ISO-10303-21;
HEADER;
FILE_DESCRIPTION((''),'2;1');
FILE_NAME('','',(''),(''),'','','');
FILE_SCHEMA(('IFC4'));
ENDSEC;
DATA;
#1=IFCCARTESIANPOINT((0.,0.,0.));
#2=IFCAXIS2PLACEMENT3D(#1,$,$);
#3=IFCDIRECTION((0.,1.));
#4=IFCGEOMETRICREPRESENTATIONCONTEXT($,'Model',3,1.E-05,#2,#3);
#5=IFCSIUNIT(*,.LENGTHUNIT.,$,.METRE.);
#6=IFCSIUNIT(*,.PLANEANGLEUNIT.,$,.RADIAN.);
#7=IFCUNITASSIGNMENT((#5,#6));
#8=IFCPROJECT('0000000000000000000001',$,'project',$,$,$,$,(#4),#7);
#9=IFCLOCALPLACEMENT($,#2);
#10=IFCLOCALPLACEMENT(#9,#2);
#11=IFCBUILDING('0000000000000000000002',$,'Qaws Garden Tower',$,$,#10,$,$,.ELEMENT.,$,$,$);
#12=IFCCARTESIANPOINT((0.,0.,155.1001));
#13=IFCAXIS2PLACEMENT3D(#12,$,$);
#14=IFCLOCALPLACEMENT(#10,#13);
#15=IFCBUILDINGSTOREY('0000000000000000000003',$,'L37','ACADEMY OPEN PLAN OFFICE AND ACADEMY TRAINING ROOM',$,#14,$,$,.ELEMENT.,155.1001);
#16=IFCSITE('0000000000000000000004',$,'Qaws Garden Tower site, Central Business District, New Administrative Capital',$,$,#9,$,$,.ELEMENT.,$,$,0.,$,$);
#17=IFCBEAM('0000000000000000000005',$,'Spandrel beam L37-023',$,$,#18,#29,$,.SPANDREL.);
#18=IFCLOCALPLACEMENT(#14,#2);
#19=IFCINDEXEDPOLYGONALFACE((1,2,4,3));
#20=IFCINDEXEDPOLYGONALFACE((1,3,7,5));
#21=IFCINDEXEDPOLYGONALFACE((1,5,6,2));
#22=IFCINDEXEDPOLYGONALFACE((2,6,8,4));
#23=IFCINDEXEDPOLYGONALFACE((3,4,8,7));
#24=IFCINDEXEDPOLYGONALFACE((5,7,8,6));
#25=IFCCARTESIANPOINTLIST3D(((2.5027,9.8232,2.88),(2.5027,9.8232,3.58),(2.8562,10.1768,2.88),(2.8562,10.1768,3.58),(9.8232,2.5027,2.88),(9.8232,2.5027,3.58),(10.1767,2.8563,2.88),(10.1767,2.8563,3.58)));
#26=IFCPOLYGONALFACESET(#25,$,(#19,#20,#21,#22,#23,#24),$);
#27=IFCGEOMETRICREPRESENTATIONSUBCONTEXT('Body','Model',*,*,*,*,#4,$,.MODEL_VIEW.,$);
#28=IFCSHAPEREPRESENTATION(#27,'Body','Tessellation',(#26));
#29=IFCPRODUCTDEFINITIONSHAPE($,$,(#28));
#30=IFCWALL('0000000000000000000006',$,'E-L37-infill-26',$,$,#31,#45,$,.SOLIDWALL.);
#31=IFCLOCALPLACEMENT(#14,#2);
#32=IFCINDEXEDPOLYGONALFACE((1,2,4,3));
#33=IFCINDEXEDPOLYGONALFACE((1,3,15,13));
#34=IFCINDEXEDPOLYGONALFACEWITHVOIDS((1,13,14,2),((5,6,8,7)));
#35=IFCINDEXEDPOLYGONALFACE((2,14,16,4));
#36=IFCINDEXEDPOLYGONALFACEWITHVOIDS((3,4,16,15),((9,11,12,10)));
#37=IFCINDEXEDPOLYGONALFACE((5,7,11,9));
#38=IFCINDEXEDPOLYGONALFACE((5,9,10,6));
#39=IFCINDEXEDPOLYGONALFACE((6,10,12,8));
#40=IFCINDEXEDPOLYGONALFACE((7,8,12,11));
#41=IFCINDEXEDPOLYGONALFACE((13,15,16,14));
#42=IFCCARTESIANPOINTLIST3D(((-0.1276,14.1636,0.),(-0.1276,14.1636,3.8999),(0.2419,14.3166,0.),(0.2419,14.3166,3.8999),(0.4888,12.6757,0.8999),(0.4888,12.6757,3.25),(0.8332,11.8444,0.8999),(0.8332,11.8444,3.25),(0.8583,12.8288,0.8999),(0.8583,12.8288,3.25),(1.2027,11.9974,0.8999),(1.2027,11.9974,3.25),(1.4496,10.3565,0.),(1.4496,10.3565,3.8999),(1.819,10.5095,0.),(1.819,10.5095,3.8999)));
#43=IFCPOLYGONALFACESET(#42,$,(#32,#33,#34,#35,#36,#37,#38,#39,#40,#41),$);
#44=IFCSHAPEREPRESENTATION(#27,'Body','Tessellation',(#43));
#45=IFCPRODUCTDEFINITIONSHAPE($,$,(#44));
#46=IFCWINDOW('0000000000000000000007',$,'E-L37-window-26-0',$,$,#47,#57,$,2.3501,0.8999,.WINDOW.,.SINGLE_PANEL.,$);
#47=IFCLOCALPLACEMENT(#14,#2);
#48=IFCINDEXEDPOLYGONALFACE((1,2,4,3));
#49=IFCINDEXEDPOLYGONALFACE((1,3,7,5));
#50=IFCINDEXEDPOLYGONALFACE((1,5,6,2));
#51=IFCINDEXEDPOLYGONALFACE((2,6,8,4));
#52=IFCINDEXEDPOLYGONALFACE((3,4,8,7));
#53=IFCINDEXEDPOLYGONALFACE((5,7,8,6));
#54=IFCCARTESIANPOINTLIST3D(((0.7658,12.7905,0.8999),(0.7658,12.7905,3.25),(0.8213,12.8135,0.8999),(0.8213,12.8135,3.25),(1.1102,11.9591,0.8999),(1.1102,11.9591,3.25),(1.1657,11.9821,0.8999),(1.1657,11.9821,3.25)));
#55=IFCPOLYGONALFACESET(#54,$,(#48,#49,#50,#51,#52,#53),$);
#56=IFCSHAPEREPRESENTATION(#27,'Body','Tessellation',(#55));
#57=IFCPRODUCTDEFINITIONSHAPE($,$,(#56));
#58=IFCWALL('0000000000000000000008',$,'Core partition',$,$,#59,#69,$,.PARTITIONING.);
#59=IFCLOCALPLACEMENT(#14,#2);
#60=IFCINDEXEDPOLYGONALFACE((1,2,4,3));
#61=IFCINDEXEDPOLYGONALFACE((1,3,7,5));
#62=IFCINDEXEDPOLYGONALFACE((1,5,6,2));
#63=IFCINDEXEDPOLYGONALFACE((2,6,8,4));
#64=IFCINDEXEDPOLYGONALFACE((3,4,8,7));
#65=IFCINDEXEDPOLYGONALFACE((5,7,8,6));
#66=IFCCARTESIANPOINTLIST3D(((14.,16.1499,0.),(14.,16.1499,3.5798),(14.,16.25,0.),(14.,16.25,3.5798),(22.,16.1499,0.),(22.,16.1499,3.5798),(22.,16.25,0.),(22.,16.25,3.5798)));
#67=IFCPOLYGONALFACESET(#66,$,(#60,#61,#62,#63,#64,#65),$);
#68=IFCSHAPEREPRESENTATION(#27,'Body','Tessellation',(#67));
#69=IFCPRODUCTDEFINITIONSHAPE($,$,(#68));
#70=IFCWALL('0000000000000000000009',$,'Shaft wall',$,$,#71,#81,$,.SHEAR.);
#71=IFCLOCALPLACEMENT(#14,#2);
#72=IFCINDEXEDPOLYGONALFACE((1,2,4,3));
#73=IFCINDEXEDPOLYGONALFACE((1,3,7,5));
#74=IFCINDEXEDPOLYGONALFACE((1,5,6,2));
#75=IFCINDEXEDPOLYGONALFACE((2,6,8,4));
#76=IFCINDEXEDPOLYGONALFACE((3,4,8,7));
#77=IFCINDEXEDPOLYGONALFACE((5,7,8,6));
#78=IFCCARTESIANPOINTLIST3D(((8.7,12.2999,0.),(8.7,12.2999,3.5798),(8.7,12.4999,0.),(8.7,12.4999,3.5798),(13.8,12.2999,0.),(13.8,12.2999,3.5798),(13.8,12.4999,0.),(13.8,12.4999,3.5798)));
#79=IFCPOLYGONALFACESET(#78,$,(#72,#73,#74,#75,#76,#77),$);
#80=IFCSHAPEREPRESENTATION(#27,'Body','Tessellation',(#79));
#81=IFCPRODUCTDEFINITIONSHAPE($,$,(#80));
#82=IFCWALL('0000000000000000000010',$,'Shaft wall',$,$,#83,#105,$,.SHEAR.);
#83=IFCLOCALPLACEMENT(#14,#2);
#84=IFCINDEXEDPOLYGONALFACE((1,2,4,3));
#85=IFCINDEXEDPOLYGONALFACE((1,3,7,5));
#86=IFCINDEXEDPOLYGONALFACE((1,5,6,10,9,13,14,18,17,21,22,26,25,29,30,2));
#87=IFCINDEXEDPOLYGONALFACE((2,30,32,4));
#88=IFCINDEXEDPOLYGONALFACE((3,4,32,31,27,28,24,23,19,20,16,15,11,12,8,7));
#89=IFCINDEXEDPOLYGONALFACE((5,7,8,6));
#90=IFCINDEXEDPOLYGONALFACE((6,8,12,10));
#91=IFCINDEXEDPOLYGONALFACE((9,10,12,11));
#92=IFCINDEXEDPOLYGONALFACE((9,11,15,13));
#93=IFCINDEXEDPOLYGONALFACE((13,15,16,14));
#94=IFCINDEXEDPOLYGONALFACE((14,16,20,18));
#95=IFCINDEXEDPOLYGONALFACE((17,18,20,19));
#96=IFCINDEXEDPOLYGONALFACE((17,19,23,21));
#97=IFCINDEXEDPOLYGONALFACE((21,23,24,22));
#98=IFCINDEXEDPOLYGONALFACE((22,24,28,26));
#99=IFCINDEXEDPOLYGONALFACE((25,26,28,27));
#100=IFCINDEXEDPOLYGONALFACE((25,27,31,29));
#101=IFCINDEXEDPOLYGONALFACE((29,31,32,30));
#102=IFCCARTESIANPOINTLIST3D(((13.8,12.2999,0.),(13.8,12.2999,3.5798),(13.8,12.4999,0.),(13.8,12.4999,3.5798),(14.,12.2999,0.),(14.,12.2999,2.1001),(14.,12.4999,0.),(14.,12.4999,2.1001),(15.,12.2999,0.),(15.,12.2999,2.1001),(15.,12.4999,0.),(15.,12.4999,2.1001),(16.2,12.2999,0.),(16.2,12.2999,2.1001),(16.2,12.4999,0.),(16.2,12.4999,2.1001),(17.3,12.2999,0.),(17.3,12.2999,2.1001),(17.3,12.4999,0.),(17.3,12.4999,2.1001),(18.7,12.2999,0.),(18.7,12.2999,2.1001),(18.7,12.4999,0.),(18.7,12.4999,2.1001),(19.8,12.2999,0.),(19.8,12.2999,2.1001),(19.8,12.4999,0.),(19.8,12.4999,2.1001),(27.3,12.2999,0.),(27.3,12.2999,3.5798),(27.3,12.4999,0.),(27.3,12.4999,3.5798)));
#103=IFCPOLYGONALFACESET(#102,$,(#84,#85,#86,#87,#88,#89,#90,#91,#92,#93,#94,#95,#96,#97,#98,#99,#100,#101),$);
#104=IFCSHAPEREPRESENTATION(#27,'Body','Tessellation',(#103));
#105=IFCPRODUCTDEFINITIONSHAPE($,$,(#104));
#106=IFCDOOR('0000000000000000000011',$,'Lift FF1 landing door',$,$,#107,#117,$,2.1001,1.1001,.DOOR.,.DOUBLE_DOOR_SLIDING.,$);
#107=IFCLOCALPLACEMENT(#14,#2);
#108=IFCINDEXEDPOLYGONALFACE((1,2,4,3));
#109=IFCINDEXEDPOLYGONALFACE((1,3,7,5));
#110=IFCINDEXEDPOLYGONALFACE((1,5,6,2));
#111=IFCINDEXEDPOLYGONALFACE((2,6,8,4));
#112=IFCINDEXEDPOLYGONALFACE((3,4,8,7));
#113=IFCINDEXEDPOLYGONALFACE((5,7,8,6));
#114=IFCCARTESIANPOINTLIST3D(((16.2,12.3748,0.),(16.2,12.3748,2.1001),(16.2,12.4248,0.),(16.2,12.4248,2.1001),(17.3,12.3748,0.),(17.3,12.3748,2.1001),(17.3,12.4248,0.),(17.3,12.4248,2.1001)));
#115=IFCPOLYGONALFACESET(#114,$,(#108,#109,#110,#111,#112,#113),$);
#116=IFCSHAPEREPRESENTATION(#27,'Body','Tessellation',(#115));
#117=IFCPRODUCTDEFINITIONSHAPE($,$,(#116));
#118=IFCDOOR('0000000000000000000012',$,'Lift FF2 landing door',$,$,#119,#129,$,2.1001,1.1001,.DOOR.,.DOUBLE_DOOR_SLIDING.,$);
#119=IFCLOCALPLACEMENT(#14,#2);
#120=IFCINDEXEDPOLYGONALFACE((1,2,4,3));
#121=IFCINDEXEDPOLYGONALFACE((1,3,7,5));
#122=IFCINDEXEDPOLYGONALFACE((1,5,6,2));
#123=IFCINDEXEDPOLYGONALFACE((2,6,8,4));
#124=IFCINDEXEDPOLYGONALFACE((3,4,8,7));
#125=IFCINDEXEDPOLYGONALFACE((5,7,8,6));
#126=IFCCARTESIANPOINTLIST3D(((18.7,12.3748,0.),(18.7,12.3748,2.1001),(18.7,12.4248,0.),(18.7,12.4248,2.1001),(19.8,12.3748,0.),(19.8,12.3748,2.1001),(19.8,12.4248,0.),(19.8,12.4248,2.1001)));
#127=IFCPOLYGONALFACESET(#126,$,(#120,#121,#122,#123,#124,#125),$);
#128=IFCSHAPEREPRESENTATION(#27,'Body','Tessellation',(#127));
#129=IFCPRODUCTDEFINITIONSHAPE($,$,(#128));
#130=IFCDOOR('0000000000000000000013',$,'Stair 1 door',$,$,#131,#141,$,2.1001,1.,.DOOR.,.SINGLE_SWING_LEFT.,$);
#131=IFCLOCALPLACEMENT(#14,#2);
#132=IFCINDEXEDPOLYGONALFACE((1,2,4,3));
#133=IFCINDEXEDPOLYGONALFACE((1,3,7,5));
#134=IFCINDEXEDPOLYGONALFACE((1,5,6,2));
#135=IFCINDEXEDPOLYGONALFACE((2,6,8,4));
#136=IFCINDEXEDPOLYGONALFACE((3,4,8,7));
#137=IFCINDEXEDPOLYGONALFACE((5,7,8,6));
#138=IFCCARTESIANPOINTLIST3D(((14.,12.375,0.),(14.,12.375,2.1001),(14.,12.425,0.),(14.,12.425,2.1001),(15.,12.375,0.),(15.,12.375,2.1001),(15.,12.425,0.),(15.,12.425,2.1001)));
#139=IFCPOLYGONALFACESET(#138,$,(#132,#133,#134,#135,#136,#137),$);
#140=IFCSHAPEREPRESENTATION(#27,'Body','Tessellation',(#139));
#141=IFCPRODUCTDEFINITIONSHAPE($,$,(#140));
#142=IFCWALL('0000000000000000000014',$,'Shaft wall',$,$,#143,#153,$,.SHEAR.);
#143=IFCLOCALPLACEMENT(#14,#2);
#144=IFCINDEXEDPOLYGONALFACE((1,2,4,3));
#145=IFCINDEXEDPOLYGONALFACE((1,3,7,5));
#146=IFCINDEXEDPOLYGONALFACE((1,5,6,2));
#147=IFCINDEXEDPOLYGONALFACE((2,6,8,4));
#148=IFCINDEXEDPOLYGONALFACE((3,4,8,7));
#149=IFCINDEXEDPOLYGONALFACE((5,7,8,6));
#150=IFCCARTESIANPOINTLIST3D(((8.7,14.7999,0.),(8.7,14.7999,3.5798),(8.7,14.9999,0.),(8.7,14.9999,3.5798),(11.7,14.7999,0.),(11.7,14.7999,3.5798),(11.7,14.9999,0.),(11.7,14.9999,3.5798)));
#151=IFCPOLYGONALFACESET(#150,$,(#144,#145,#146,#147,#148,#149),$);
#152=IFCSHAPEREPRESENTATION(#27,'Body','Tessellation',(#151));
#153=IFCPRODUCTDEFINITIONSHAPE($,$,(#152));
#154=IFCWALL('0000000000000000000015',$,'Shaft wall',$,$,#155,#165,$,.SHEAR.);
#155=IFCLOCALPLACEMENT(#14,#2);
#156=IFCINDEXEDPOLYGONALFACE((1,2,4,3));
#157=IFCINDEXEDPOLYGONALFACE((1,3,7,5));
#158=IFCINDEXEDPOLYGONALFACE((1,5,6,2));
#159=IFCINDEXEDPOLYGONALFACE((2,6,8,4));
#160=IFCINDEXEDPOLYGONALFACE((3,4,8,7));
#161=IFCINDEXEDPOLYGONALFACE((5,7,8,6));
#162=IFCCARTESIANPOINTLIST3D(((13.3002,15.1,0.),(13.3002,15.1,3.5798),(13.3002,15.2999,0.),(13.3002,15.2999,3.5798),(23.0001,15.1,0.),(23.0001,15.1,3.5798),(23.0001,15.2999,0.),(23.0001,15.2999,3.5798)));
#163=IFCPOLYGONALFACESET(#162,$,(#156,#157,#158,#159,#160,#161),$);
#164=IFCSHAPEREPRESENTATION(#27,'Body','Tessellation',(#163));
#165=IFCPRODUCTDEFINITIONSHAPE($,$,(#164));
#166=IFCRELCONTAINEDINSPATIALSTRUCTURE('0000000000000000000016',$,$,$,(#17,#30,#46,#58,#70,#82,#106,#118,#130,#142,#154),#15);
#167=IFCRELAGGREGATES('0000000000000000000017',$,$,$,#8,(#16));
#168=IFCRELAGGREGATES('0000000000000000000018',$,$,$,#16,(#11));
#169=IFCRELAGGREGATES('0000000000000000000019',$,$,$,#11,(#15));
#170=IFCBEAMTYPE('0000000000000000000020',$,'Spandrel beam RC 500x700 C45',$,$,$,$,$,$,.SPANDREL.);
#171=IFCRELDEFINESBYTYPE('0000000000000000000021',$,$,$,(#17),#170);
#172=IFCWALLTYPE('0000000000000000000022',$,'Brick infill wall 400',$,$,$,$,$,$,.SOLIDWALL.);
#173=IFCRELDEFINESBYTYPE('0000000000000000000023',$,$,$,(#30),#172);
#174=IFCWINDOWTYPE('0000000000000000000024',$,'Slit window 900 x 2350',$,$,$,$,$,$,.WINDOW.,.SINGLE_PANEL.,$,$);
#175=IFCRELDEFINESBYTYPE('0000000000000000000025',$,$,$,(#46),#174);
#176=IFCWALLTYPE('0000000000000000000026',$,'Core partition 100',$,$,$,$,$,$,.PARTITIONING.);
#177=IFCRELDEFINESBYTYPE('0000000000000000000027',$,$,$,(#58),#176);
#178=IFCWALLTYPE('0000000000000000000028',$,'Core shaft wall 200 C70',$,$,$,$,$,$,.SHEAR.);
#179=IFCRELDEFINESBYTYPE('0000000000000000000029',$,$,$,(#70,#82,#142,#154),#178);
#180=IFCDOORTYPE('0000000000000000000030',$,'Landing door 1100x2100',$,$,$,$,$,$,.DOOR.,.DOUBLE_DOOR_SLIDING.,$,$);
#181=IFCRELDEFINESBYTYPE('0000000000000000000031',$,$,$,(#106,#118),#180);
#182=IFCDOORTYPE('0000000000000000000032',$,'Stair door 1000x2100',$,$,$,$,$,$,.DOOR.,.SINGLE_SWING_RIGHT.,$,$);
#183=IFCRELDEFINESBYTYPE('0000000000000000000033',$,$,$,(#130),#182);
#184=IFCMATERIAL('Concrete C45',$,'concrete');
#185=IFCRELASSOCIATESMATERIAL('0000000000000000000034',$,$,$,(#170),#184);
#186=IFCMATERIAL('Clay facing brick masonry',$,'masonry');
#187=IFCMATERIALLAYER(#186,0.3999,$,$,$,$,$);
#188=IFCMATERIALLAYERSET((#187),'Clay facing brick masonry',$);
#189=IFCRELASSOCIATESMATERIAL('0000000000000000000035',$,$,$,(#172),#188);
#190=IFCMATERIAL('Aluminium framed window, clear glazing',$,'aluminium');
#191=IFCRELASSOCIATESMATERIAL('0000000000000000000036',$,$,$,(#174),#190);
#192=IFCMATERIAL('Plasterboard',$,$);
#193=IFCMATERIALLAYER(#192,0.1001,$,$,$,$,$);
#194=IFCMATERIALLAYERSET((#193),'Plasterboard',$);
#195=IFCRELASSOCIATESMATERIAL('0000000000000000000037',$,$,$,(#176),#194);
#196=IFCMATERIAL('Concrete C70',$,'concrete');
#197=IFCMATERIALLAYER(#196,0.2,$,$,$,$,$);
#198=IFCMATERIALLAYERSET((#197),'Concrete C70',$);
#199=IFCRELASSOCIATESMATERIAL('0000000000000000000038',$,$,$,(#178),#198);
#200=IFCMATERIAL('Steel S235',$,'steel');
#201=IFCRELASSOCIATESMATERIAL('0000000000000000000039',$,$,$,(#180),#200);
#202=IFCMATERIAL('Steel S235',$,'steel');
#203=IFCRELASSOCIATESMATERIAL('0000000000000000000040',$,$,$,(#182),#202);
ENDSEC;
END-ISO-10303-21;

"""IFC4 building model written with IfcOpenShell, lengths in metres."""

from ifc_helpers import new_model, si_unit, direction, frame, frame_2d, origin, origin_2d, place, context, subcontext, project, spatial, rectangle, extrude, material, layer, layer_set, material_profile, profile_set, type_object, element, fill, save


model = new_model("IFC4")

# Units and contexts
model_context = context("Model", 3, precision=1e-05, world=origin(), true_north=direction((0.0, 1.0)))
body_context = subcontext(model_context, "Body", "Model", "MODEL_VIEW")
ifc_project = project(units=[si_unit("LENGTHUNIT", "METRE"), si_unit("PLANEANGLEUNIT", "RADIAN")], contexts=[model_context])

# Site, building, storey
site_placement = place(None, origin())
site = spatial("IfcSite", under=ifc_project, at=site_placement, Name="Qaws Garden Tower site, Central Business District, New Administrative Capital", CompositionType="ELEMENT", RefElevation=0.0)
building_placement = place(site_placement, origin())
building = spatial("IfcBuilding", under=site, at=building_placement, Name="Qaws Garden Tower", CompositionType="ELEMENT")
storey_placement = place(building_placement, frame((0.0, 0.0, 155.1001)))
storey = spatial("IfcBuildingStorey", under=building, at=storey_placement, Name="L37", Description="ACADEMY OPEN PLAN OFFICE AND ACADEMY TRAINING ROOM", CompositionType="ELEMENT", Elevation=155.1001)

# Beam
ifc_material_1 = material(Name="Concrete C45", Category="concrete")
ifc_material_profile = material_profile(ifc_material_1, rectangle(XDim=0.5, YDim=0.7, at=origin_2d()), Name="RC 500x700")
ifc_profile_set = profile_set([ifc_material_profile], Name="Concrete C45")
beam_type = type_object("IfcBeamType", Name="Spandrel beam RC 500x700 C45", PredefinedType="SPANDREL", material=ifc_profile_set)
beam_placement = place(storey_placement, frame((2.6794, 10.0, 3.23), z_axis=(0.707107, -0.707107, 0.0), x_axis=(0.707107, 0.707107, 0.0)))
element("IfcBeam", 1, at=beam_placement, inside=storey, type_object=beam_type, Name="Spandrel beam L37-023", PredefinedType="SPANDREL", context=body_context, shape_type="SweptSolid", body=[
    extrude(rectangle(XDim=0.5, YDim=0.7, at=origin_2d()), origin(), (0.0, 0.0, 1.0), 10.3528),
])

# Wall, opening, window
ifc_material_2 = material(Name="Clay facing brick masonry", Category="masonry")
ifc_layer_1 = layer(ifc_material_2, 0.3999)
ifc_layer_set_1 = layer_set([ifc_layer_1], Name="Clay facing brick masonry")
wall_type_1 = type_object("IfcWallType", Name="Brick infill wall 400", PredefinedType="SOLIDWALL", material=ifc_layer_set_1)
wall_1_placement = place(storey_placement, frame((0.0571, 14.2402, 0.0), z_axis=(0.0, 0.0, 1.0), x_axis=(0.382722, -0.923864, 0.0)))
wall_1 = element("IfcWall", 2, at=wall_1_placement, inside=storey, type_object=wall_type_1, Name="E-L37-infill-26", PredefinedType="SOLIDWALL", context=body_context, shape_type="SweptSolid", body=[
    extrude(rectangle(XDim=4.1208, YDim=0.3999, at=frame_2d((2.0605, 0.0))), origin(), (0.0, 0.0, 1.0), 3.8999),
])
opening_1_placement = place(wall_1_placement, frame((1.6106, 0.0, 0.8999)))
opening_1 = element("IfcOpeningElement", 3, at=opening_1_placement, cuts=wall_1, PredefinedType="OPENING", context=body_context, shape_type="SweptSolid", body=[
    extrude(rectangle(XDim=0.8999, YDim=2.3501, at=frame_2d((0.45, 1.175))), frame((0.0, 0.21, 0.0), z_axis=(0.0, -1.0, 0.0), x_axis=(1.0, 0.0, 0.0)), (0.0, 0.0, 1.0), 0.4199),
])
ifc_material_3 = material(Name="Aluminium framed window, clear glazing", Category="aluminium")
window_type = type_object("IfcWindowType", Name="Slit window 900 x 2350", PartitioningType="SINGLE_PANEL", PredefinedType="WINDOW", material=ifc_material_3)
window_placement = place(opening_1_placement, origin())
window = element("IfcWindow", 4, at=window_placement, inside=storey, type_object=window_type, Name="E-L37-window-26-0", OverallHeight=2.3501, OverallWidth=0.8999, PartitioningType="SINGLE_PANEL", PredefinedType="WINDOW", context=body_context, shape_type="SweptSolid", body=[
    extrude(rectangle(XDim=0.8999, YDim=2.3501, at=frame_2d((0.45, 1.175))), frame((0.0, 0.1599, 0.0), z_axis=(0.0, -1.0, 0.0), x_axis=(1.0, 0.0, 0.0)), (0.0, 0.0, 1.0), 0.0601),
])
fill(opening_1, window)

# Walls
ifc_material_4 = material(Name="Plasterboard")
ifc_layer_2 = layer(ifc_material_4, 0.1001)
ifc_layer_set_2 = layer_set([ifc_layer_2], Name="Plasterboard")
wall_type_2 = type_object("IfcWallType", Name="Core partition 100", PredefinedType="PARTITIONING", material=ifc_layer_set_2)
wall_2_placement = place(storey_placement, frame((14.0, 16.2, 0.0), z_axis=(0.0, 0.0, 1.0), x_axis=(1.0, 0.0, 0.0)))
element("IfcWall", 5, at=wall_2_placement, inside=storey, type_object=wall_type_2, Name="Core partition", PredefinedType="PARTITIONING", context=body_context, shape_type="SweptSolid", body=[
    extrude(rectangle(XDim=8.0, YDim=0.1001, at=frame_2d((4.0, 0.0))), origin(), (0.0, 0.0, 1.0), 3.5798),
])
ifc_material_5 = material(Name="Concrete C70", Category="concrete")
ifc_layer_3 = layer(ifc_material_5, 0.2)
ifc_layer_set_3 = layer_set([ifc_layer_3], Name="Concrete C70")
wall_type_3 = type_object("IfcWallType", Name="Core shaft wall 200 C70", PredefinedType="SHEAR", material=ifc_layer_set_3)
wall_3_placement = place(storey_placement, frame((8.7, 12.3999, 0.0), z_axis=(0.0, 0.0, 1.0), x_axis=(1.0, 0.0, 0.0)))
element("IfcWall", 6, at=wall_3_placement, inside=storey, type_object=wall_type_3, Name="Shaft wall", PredefinedType="SHEAR", context=body_context, shape_type="SweptSolid", body=[
    extrude(rectangle(XDim=5.1001, YDim=0.2, at=frame_2d((2.55, 0.0))), origin(), (0.0, 0.0, 1.0), 3.5798),
])

# Wall, openings, doors
wall_4_placement = place(storey_placement, frame((13.8, 12.3999, 0.0), z_axis=(0.0, 0.0, 1.0), x_axis=(1.0, 0.0, 0.0)))
wall_4 = element("IfcWall", 7, at=wall_4_placement, inside=storey, type_object=wall_type_3, Name="Shaft wall", PredefinedType="SHEAR", context=body_context, shape_type="SweptSolid", body=[
    extrude(rectangle(XDim=13.5, YDim=0.2, at=frame_2d((6.75, 0.0))), origin(), (0.0, 0.0, 1.0), 3.5798),
])
opening_2_placement = place(wall_4_placement, frame((2.3999, 0.0, 0.0)))
opening_2 = element("IfcOpeningElement", 8, at=opening_2_placement, cuts=wall_4, PredefinedType="OPENING", context=body_context, shape_type="SweptSolid", body=[
    extrude(rectangle(XDim=1.1001, YDim=2.1001, at=frame_2d((0.55, 1.05))), frame((0.0, 0.1099, 0.0), z_axis=(0.0, -1.0, 0.0), x_axis=(1.0, 0.0, 0.0)), (0.0, 0.0, 1.0), 0.22),
])
opening_3_placement = place(wall_4_placement, frame((4.8999, 0.0, 0.0)))
opening_3 = element("IfcOpeningElement", 9, at=opening_3_placement, cuts=wall_4, PredefinedType="OPENING", context=body_context, shape_type="SweptSolid", body=[
    extrude(rectangle(XDim=1.1001, YDim=2.1001, at=frame_2d((0.55, 1.05))), frame((0.0, 0.1099, 0.0), z_axis=(0.0, -1.0, 0.0), x_axis=(1.0, 0.0, 0.0)), (0.0, 0.0, 1.0), 0.22),
])
opening_4_placement = place(wall_4_placement, frame((0.2, 0.0, 0.0)))
opening_4 = element("IfcOpeningElement", 10, at=opening_4_placement, cuts=wall_4, PredefinedType="OPENING", context=body_context, shape_type="SweptSolid", body=[
    extrude(rectangle(XDim=1.0, YDim=2.1001, at=frame_2d((0.5, 1.05))), frame((0.0, 0.1099, 0.0), z_axis=(0.0, -1.0, 0.0), x_axis=(1.0, 0.0, 0.0)), (0.0, 0.0, 1.0), 0.22),
])
ifc_material_6 = material(Name="Steel S235", Category="steel")
door_type_1 = type_object("IfcDoorType", Name="Landing door 1100x2100", OperationType="DOUBLE_DOOR_SLIDING", PredefinedType="DOOR", material=ifc_material_6)
door_1_placement = place(opening_2_placement, origin())
door_1 = element("IfcDoor", 11, at=door_1_placement, inside=storey, type_object=door_type_1, Name="Lift FF1 landing door", OperationType="DOUBLE_DOOR_SLIDING", OverallHeight=2.1001, OverallWidth=1.1001, PredefinedType="DOOR", context=body_context, shape_type="SweptSolid", body=[
    extrude(rectangle(XDim=1.1001, YDim=2.1001, at=frame_2d((0.55, 1.05))), frame((0.0, 0.0249, 0.0), z_axis=(0.0, -1.0, 0.0), x_axis=(1.0, 0.0, 0.0)), (0.0, 0.0, 1.0), 0.05),
])
fill(opening_2, door_1)
door_2_placement = place(opening_3_placement, origin())
door_2 = element("IfcDoor", 12, at=door_2_placement, inside=storey, type_object=door_type_1, Name="Lift FF2 landing door", OperationType="DOUBLE_DOOR_SLIDING", OverallHeight=2.1001, OverallWidth=1.1001, PredefinedType="DOOR", context=body_context, shape_type="SweptSolid", body=[
    extrude(rectangle(XDim=1.1001, YDim=2.1001, at=frame_2d((0.55, 1.05))), frame((0.0, 0.0249, 0.0), z_axis=(0.0, -1.0, 0.0), x_axis=(1.0, 0.0, 0.0)), (0.0, 0.0, 1.0), 0.05),
])
fill(opening_3, door_2)
ifc_material_7 = material(Name="Steel S235", Category="steel")
door_type_2 = type_object("IfcDoorType", Name="Stair door 1000x2100", OperationType="SINGLE_SWING_RIGHT", PredefinedType="DOOR", material=ifc_material_7)
door_3_placement = place(opening_4_placement, frame((1.0, 0.0, 0.0), z_axis=(0.0, 0.0, 1.0), x_axis=(-1.0, 0.0, 0.0)))
door_3 = element("IfcDoor", 13, at=door_3_placement, inside=storey, type_object=door_type_2, Name="Stair 1 door", OperationType="SINGLE_SWING_LEFT", OverallHeight=2.1001, OverallWidth=1.0, PredefinedType="DOOR", context=body_context, shape_type="SweptSolid", body=[
    extrude(rectangle(XDim=1.0, YDim=2.1001, at=frame_2d((0.5, 1.05))), frame((0.0, 0.0249, 0.0), z_axis=(0.0, -1.0, 0.0), x_axis=(1.0, 0.0, 0.0)), (0.0, 0.0, 1.0), 0.05),
])
fill(opening_4, door_3)

# Walls
wall_5_placement = place(storey_placement, frame((8.7, 14.8999, 0.0), z_axis=(0.0, 0.0, 1.0), x_axis=(1.0, 0.0, 0.0)))
element("IfcWall", 14, at=wall_5_placement, inside=storey, type_object=wall_type_3, Name="Shaft wall", PredefinedType="SHEAR", context=body_context, shape_type="SweptSolid", body=[
    extrude(rectangle(XDim=3.0, YDim=0.2, at=frame_2d((1.5, 0.0))), origin(), (0.0, 0.0, 1.0), 3.5798),
])
wall_6_placement = place(storey_placement, frame((13.3, 15.2, 0.0), z_axis=(0.0, 0.0, 1.0), x_axis=(1.0, 0.0, 0.0)))
element("IfcWall", 15, at=wall_6_placement, inside=storey, type_object=wall_type_3, Name="Shaft wall", PredefinedType="SHEAR", context=body_context, shape_type="SweptSolid", body=[
    extrude(rectangle(XDim=9.7, YDim=0.2, at=frame_2d((4.8501, 0.0))), origin(), (0.0, 0.0, 1.0), 3.5798),
])

save(model, "model.ifc")
